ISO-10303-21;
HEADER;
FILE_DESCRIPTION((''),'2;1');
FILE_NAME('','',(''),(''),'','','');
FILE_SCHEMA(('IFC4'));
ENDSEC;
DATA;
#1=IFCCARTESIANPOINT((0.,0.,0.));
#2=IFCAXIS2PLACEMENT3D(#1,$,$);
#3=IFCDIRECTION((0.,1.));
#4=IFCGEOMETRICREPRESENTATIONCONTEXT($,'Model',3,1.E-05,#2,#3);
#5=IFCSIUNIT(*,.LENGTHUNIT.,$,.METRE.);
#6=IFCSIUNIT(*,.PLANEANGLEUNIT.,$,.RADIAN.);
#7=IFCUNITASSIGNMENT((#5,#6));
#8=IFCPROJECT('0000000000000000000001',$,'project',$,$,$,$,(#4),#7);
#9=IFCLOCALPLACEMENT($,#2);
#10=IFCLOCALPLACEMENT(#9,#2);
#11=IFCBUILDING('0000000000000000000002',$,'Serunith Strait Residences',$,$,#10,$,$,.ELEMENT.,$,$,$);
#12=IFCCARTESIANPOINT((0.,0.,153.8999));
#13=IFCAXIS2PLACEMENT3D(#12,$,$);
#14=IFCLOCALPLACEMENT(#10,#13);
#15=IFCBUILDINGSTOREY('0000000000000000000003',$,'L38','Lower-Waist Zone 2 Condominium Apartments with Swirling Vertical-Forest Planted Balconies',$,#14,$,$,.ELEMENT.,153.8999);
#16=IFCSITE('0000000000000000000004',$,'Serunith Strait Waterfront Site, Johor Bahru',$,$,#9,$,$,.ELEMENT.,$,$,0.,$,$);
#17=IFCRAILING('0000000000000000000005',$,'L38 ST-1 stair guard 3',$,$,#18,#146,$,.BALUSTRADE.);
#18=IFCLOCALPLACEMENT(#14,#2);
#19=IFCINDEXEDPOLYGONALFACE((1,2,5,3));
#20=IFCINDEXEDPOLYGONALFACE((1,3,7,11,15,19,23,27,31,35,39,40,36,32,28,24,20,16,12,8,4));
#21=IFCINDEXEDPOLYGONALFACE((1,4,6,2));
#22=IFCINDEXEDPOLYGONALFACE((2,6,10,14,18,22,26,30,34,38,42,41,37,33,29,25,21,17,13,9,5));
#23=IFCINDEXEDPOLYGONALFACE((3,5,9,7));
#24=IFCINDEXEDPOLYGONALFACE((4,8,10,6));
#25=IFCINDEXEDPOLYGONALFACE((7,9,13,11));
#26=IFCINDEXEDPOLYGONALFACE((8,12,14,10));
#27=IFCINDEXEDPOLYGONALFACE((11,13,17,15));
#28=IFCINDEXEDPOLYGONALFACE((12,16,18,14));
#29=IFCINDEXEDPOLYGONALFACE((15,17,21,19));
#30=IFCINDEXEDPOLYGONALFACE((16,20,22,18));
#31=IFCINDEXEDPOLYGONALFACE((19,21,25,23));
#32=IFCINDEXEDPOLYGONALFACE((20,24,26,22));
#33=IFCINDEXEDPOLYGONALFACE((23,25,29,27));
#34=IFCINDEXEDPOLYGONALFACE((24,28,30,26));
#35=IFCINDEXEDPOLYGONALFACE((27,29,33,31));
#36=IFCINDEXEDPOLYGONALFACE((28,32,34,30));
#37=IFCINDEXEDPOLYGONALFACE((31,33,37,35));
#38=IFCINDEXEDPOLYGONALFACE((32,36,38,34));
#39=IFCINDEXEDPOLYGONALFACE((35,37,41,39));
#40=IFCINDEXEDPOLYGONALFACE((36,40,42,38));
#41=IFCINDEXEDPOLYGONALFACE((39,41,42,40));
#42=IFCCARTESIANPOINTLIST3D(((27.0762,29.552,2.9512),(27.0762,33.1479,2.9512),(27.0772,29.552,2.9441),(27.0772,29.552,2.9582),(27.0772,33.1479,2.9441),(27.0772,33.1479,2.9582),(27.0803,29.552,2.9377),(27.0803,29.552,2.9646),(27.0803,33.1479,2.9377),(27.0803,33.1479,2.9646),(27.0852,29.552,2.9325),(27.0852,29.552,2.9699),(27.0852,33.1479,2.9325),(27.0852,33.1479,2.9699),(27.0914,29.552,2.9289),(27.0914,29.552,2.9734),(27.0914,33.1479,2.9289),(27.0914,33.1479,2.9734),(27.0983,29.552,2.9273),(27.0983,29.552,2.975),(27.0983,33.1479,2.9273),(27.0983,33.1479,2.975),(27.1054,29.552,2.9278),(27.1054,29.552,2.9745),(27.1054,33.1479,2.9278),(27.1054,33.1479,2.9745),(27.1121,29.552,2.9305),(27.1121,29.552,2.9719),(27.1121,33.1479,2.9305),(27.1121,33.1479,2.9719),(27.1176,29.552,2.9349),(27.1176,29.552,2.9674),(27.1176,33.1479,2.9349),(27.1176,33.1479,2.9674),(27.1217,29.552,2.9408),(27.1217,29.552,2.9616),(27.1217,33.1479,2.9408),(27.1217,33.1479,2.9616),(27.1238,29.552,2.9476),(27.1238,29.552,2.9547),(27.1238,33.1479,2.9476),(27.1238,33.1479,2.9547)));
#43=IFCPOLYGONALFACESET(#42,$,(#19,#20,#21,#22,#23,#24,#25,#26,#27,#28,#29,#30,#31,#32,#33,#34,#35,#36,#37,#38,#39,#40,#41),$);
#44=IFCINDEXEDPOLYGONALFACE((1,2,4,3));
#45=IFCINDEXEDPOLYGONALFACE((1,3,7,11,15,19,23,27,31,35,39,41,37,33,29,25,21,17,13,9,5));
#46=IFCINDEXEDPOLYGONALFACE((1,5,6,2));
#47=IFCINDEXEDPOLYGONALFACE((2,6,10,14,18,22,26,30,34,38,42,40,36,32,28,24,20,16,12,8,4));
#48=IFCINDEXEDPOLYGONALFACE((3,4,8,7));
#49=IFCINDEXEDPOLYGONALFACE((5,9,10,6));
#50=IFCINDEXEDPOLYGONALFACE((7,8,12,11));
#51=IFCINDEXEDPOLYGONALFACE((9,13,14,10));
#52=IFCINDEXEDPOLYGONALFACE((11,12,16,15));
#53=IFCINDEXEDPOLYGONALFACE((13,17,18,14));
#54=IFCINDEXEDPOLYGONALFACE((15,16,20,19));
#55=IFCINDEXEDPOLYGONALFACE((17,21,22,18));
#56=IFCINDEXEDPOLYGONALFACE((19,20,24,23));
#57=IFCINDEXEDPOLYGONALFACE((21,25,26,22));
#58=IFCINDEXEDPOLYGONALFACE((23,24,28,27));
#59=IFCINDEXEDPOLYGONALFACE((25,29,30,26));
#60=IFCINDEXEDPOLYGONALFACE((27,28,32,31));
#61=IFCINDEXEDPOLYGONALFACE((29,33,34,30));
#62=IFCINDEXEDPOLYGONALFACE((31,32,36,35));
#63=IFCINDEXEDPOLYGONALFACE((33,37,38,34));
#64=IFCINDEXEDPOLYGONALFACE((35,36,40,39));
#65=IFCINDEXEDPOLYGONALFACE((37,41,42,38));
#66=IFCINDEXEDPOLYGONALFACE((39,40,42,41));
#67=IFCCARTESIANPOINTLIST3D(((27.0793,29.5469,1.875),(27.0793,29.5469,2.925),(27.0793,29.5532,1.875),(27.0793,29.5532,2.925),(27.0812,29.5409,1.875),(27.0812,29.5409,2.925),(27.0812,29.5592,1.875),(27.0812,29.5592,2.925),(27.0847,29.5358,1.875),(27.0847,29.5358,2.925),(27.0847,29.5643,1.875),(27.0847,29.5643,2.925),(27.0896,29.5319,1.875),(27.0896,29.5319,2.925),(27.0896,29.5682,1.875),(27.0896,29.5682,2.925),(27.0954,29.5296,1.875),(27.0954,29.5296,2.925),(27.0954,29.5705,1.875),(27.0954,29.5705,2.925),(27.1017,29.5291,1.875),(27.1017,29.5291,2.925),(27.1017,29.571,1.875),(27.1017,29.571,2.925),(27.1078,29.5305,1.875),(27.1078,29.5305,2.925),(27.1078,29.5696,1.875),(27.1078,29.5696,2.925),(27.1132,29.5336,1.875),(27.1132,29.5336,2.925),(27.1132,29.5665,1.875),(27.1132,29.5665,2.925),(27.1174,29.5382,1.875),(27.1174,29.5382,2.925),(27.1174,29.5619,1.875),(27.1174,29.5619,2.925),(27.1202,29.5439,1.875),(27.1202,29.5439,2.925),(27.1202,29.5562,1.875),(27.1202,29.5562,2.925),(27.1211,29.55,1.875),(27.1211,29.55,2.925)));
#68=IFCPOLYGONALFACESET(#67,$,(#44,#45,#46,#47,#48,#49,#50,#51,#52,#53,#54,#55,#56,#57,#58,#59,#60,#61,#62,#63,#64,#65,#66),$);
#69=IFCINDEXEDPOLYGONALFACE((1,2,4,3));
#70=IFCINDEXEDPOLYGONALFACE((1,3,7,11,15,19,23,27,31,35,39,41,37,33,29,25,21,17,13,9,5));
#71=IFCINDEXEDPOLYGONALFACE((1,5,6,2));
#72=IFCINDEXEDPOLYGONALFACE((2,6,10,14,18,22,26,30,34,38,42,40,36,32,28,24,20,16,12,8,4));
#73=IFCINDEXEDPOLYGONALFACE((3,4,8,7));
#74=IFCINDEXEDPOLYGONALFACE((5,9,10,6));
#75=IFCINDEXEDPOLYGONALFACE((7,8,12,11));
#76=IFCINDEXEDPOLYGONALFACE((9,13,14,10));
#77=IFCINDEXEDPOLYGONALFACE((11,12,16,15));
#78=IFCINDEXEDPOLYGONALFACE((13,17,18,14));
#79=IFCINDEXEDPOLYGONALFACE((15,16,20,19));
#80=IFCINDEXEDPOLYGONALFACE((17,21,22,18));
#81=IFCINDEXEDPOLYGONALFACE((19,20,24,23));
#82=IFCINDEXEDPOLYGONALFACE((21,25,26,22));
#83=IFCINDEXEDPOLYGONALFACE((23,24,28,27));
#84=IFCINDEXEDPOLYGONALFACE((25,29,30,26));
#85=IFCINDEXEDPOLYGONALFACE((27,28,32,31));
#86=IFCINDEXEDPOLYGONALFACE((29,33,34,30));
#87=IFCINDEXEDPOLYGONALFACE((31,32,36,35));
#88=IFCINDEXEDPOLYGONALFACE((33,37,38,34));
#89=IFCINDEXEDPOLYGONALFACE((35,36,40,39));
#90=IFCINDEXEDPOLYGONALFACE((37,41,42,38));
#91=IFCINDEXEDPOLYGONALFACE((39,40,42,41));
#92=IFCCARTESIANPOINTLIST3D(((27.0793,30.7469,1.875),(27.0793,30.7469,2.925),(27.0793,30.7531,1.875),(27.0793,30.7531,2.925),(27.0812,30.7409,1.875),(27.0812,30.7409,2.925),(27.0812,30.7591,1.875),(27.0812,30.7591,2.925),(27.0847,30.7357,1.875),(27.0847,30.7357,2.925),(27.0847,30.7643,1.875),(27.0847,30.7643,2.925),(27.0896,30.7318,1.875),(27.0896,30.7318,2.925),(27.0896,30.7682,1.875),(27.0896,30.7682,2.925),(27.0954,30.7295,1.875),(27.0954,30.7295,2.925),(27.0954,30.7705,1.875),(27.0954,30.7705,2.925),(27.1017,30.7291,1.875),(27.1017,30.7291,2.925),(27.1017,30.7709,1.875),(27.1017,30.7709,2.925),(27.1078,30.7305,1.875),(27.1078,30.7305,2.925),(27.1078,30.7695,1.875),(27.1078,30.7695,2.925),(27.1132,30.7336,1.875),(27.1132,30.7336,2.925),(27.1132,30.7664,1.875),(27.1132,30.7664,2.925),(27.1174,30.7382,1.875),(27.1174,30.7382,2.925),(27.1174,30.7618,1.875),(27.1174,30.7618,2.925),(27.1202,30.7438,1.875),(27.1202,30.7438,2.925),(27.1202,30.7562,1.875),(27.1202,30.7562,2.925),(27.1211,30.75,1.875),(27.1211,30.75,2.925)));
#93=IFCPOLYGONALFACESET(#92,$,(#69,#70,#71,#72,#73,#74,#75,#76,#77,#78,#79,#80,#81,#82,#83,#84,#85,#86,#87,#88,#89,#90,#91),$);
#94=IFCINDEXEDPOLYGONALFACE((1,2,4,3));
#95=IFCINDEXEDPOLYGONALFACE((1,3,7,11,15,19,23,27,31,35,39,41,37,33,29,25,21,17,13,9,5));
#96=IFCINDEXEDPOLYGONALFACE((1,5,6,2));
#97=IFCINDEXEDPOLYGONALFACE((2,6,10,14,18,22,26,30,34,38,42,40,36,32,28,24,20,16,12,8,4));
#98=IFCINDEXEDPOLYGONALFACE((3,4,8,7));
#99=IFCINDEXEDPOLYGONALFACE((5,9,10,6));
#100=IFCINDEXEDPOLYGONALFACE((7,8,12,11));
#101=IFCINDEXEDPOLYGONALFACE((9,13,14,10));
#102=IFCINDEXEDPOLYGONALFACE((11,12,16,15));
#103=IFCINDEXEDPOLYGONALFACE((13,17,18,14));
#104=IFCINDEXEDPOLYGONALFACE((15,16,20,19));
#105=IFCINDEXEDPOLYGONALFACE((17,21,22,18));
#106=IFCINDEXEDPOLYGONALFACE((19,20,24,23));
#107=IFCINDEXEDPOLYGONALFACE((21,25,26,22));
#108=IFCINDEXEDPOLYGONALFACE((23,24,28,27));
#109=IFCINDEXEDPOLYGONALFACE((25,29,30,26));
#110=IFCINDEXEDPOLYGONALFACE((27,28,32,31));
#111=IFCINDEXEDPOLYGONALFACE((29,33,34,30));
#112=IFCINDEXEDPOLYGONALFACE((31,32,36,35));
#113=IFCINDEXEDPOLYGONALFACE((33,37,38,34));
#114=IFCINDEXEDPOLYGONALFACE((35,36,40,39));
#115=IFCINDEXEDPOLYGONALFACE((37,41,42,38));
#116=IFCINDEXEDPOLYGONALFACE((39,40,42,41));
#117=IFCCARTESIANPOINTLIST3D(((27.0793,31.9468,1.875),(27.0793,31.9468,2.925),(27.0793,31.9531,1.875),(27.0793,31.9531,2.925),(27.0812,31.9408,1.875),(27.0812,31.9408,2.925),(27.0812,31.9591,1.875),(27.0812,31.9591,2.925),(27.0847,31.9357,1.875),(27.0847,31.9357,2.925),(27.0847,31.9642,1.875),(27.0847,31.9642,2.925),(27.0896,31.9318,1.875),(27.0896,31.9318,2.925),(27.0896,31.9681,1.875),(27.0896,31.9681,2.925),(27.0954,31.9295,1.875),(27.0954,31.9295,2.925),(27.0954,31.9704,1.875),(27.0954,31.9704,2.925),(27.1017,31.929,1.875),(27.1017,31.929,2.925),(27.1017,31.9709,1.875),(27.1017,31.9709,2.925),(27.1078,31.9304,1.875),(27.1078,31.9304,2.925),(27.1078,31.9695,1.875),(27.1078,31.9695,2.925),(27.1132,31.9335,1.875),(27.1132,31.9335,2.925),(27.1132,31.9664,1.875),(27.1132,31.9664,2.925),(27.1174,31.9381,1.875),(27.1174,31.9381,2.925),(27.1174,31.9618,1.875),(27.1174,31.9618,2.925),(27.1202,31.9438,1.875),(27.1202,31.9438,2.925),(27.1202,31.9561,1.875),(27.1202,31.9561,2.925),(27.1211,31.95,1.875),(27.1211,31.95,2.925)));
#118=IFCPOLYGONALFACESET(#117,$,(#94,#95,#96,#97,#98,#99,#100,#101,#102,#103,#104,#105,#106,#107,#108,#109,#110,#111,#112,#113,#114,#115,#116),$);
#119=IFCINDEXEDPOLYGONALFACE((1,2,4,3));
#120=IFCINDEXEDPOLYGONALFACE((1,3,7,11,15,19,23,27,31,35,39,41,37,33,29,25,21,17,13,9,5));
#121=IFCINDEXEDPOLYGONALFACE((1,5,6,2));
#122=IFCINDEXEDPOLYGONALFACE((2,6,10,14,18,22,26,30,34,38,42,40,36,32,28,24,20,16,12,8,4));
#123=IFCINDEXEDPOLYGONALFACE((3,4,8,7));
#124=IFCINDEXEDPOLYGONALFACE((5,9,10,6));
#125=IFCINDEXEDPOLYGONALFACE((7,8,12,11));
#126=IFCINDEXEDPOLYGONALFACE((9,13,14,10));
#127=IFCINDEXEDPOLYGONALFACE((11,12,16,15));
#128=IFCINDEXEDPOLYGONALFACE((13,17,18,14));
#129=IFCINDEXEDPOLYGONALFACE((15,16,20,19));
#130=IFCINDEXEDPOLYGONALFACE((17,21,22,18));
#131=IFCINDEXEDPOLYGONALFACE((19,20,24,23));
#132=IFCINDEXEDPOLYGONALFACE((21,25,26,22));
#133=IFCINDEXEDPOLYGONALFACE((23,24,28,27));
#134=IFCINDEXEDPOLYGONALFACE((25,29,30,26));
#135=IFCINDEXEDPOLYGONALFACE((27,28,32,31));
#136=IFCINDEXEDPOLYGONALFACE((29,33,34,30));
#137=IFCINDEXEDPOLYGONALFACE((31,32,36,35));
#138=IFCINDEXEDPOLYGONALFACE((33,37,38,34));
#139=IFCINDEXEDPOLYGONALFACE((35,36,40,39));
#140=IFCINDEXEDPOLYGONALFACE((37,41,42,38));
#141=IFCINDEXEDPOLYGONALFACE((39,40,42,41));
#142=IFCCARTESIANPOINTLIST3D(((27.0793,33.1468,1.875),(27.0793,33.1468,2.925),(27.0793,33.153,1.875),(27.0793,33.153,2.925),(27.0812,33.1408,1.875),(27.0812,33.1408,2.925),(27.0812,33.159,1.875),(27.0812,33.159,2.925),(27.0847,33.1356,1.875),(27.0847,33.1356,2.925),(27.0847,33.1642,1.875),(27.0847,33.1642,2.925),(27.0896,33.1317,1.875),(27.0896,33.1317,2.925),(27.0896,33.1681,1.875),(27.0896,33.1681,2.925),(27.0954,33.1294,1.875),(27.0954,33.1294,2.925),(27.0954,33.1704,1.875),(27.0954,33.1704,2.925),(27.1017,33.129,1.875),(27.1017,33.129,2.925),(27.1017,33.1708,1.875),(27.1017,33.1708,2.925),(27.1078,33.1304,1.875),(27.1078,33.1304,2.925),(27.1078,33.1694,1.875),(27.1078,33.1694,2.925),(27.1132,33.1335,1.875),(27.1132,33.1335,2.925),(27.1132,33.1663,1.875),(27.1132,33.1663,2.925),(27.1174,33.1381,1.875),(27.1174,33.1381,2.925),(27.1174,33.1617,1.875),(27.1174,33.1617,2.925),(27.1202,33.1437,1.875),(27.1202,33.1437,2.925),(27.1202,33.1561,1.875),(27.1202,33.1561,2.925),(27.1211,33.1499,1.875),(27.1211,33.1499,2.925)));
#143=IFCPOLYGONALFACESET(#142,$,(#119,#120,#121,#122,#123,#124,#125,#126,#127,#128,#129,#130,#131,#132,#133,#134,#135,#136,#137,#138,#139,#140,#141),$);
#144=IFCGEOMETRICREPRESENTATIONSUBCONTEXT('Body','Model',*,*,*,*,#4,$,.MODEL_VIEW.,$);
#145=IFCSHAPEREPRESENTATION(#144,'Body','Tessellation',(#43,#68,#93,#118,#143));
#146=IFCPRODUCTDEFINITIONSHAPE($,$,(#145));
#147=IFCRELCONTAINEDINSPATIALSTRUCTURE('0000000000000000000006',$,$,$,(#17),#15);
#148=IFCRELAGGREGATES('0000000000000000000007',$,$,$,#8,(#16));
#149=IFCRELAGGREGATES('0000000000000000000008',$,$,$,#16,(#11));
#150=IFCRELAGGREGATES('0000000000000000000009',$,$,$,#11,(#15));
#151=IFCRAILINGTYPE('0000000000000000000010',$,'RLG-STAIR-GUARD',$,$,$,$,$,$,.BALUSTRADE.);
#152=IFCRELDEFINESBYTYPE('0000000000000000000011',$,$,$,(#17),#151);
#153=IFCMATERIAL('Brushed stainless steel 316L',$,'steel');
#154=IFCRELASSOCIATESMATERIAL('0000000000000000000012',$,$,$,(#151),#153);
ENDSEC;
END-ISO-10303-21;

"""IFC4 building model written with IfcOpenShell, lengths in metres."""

from ifc_helpers import new_model, si_unit, direction, frame, origin, origin_2d, place, context, subcontext, project, spatial, circle, extrude, material, type_object, element, save


model = new_model("IFC4")

# Units and contexts
model_context = context("Model", 3, precision=1e-05, world=origin(), true_north=direction((0.0, 1.0)))
body_context = subcontext(model_context, "Body", "Model", "MODEL_VIEW")
ifc_project = project(units=[si_unit("LENGTHUNIT", "METRE"), si_unit("PLANEANGLEUNIT", "RADIAN")], contexts=[model_context])

# Site, building, storey
site_placement = place(None, origin())
site = spatial("IfcSite", under=ifc_project, at=site_placement, Name="Serunith Strait Waterfront Site, Johor Bahru", CompositionType="ELEMENT", RefElevation=0.0)
building_placement = place(site_placement, origin())
building = spatial("IfcBuilding", under=site, at=building_placement, Name="Serunith Strait Residences", CompositionType="ELEMENT")
storey_placement = place(building_placement, frame((0.0, 0.0, 153.8999)))
storey = spatial("IfcBuildingStorey", under=building, at=storey_placement, Name="L38", Description="Lower-Waist Zone 2 Condominium Apartments with Swirling Vertical-Forest Planted Balconies", CompositionType="ELEMENT", Elevation=153.8999)

# Railing
ifc_material_1 = material(Name="Brushed stainless steel 316L", Category="steel")
railing_type_1 = type_object("IfcRailingType", Name="RLG-STAIR-GUARD", PredefinedType="BALUSTRADE", material=ifc_material_1)
for number, where, name in (
    (1, (27.1001, 29.55, 1.875), "L38 ST-1 stair guard 3"),
):
    element("IfcRailing", number, at=place(storey_placement, frame(where)), inside=storey, type_object=railing_type_1, Name=name, PredefinedType="BALUSTRADE", context=body_context, shape_type="SweptSolid", body=[
        extrude(circle(Radius=0.0239, at=origin_2d()), frame((0.0, 0.002, 1.0762), z_axis=(0.0, 1.0, 0.0), x_axis=(-1.0, 0.0, 0.0)), (0.0, 0.0, 1.0), 3.5959),
        extrude(circle(Radius=0.021, at=origin_2d()), origin(), (0.0, 0.0, 1.0), 1.05),
        extrude(circle(Radius=0.021, at=origin_2d()), frame((0.0, 1.2, 0.0)), (0.0, 0.0, 1.0), 1.05),
        extrude(circle(Radius=0.021, at=origin_2d()), frame((0.0, 2.3999, 0.0)), (0.0, 0.0, 1.0), 1.05),
        extrude(circle(Radius=0.021, at=origin_2d()), frame((0.0, 3.5999, 0.0)), (0.0, 0.0, 1.0), 1.05),
    ])

save(model, "model.ifc")
